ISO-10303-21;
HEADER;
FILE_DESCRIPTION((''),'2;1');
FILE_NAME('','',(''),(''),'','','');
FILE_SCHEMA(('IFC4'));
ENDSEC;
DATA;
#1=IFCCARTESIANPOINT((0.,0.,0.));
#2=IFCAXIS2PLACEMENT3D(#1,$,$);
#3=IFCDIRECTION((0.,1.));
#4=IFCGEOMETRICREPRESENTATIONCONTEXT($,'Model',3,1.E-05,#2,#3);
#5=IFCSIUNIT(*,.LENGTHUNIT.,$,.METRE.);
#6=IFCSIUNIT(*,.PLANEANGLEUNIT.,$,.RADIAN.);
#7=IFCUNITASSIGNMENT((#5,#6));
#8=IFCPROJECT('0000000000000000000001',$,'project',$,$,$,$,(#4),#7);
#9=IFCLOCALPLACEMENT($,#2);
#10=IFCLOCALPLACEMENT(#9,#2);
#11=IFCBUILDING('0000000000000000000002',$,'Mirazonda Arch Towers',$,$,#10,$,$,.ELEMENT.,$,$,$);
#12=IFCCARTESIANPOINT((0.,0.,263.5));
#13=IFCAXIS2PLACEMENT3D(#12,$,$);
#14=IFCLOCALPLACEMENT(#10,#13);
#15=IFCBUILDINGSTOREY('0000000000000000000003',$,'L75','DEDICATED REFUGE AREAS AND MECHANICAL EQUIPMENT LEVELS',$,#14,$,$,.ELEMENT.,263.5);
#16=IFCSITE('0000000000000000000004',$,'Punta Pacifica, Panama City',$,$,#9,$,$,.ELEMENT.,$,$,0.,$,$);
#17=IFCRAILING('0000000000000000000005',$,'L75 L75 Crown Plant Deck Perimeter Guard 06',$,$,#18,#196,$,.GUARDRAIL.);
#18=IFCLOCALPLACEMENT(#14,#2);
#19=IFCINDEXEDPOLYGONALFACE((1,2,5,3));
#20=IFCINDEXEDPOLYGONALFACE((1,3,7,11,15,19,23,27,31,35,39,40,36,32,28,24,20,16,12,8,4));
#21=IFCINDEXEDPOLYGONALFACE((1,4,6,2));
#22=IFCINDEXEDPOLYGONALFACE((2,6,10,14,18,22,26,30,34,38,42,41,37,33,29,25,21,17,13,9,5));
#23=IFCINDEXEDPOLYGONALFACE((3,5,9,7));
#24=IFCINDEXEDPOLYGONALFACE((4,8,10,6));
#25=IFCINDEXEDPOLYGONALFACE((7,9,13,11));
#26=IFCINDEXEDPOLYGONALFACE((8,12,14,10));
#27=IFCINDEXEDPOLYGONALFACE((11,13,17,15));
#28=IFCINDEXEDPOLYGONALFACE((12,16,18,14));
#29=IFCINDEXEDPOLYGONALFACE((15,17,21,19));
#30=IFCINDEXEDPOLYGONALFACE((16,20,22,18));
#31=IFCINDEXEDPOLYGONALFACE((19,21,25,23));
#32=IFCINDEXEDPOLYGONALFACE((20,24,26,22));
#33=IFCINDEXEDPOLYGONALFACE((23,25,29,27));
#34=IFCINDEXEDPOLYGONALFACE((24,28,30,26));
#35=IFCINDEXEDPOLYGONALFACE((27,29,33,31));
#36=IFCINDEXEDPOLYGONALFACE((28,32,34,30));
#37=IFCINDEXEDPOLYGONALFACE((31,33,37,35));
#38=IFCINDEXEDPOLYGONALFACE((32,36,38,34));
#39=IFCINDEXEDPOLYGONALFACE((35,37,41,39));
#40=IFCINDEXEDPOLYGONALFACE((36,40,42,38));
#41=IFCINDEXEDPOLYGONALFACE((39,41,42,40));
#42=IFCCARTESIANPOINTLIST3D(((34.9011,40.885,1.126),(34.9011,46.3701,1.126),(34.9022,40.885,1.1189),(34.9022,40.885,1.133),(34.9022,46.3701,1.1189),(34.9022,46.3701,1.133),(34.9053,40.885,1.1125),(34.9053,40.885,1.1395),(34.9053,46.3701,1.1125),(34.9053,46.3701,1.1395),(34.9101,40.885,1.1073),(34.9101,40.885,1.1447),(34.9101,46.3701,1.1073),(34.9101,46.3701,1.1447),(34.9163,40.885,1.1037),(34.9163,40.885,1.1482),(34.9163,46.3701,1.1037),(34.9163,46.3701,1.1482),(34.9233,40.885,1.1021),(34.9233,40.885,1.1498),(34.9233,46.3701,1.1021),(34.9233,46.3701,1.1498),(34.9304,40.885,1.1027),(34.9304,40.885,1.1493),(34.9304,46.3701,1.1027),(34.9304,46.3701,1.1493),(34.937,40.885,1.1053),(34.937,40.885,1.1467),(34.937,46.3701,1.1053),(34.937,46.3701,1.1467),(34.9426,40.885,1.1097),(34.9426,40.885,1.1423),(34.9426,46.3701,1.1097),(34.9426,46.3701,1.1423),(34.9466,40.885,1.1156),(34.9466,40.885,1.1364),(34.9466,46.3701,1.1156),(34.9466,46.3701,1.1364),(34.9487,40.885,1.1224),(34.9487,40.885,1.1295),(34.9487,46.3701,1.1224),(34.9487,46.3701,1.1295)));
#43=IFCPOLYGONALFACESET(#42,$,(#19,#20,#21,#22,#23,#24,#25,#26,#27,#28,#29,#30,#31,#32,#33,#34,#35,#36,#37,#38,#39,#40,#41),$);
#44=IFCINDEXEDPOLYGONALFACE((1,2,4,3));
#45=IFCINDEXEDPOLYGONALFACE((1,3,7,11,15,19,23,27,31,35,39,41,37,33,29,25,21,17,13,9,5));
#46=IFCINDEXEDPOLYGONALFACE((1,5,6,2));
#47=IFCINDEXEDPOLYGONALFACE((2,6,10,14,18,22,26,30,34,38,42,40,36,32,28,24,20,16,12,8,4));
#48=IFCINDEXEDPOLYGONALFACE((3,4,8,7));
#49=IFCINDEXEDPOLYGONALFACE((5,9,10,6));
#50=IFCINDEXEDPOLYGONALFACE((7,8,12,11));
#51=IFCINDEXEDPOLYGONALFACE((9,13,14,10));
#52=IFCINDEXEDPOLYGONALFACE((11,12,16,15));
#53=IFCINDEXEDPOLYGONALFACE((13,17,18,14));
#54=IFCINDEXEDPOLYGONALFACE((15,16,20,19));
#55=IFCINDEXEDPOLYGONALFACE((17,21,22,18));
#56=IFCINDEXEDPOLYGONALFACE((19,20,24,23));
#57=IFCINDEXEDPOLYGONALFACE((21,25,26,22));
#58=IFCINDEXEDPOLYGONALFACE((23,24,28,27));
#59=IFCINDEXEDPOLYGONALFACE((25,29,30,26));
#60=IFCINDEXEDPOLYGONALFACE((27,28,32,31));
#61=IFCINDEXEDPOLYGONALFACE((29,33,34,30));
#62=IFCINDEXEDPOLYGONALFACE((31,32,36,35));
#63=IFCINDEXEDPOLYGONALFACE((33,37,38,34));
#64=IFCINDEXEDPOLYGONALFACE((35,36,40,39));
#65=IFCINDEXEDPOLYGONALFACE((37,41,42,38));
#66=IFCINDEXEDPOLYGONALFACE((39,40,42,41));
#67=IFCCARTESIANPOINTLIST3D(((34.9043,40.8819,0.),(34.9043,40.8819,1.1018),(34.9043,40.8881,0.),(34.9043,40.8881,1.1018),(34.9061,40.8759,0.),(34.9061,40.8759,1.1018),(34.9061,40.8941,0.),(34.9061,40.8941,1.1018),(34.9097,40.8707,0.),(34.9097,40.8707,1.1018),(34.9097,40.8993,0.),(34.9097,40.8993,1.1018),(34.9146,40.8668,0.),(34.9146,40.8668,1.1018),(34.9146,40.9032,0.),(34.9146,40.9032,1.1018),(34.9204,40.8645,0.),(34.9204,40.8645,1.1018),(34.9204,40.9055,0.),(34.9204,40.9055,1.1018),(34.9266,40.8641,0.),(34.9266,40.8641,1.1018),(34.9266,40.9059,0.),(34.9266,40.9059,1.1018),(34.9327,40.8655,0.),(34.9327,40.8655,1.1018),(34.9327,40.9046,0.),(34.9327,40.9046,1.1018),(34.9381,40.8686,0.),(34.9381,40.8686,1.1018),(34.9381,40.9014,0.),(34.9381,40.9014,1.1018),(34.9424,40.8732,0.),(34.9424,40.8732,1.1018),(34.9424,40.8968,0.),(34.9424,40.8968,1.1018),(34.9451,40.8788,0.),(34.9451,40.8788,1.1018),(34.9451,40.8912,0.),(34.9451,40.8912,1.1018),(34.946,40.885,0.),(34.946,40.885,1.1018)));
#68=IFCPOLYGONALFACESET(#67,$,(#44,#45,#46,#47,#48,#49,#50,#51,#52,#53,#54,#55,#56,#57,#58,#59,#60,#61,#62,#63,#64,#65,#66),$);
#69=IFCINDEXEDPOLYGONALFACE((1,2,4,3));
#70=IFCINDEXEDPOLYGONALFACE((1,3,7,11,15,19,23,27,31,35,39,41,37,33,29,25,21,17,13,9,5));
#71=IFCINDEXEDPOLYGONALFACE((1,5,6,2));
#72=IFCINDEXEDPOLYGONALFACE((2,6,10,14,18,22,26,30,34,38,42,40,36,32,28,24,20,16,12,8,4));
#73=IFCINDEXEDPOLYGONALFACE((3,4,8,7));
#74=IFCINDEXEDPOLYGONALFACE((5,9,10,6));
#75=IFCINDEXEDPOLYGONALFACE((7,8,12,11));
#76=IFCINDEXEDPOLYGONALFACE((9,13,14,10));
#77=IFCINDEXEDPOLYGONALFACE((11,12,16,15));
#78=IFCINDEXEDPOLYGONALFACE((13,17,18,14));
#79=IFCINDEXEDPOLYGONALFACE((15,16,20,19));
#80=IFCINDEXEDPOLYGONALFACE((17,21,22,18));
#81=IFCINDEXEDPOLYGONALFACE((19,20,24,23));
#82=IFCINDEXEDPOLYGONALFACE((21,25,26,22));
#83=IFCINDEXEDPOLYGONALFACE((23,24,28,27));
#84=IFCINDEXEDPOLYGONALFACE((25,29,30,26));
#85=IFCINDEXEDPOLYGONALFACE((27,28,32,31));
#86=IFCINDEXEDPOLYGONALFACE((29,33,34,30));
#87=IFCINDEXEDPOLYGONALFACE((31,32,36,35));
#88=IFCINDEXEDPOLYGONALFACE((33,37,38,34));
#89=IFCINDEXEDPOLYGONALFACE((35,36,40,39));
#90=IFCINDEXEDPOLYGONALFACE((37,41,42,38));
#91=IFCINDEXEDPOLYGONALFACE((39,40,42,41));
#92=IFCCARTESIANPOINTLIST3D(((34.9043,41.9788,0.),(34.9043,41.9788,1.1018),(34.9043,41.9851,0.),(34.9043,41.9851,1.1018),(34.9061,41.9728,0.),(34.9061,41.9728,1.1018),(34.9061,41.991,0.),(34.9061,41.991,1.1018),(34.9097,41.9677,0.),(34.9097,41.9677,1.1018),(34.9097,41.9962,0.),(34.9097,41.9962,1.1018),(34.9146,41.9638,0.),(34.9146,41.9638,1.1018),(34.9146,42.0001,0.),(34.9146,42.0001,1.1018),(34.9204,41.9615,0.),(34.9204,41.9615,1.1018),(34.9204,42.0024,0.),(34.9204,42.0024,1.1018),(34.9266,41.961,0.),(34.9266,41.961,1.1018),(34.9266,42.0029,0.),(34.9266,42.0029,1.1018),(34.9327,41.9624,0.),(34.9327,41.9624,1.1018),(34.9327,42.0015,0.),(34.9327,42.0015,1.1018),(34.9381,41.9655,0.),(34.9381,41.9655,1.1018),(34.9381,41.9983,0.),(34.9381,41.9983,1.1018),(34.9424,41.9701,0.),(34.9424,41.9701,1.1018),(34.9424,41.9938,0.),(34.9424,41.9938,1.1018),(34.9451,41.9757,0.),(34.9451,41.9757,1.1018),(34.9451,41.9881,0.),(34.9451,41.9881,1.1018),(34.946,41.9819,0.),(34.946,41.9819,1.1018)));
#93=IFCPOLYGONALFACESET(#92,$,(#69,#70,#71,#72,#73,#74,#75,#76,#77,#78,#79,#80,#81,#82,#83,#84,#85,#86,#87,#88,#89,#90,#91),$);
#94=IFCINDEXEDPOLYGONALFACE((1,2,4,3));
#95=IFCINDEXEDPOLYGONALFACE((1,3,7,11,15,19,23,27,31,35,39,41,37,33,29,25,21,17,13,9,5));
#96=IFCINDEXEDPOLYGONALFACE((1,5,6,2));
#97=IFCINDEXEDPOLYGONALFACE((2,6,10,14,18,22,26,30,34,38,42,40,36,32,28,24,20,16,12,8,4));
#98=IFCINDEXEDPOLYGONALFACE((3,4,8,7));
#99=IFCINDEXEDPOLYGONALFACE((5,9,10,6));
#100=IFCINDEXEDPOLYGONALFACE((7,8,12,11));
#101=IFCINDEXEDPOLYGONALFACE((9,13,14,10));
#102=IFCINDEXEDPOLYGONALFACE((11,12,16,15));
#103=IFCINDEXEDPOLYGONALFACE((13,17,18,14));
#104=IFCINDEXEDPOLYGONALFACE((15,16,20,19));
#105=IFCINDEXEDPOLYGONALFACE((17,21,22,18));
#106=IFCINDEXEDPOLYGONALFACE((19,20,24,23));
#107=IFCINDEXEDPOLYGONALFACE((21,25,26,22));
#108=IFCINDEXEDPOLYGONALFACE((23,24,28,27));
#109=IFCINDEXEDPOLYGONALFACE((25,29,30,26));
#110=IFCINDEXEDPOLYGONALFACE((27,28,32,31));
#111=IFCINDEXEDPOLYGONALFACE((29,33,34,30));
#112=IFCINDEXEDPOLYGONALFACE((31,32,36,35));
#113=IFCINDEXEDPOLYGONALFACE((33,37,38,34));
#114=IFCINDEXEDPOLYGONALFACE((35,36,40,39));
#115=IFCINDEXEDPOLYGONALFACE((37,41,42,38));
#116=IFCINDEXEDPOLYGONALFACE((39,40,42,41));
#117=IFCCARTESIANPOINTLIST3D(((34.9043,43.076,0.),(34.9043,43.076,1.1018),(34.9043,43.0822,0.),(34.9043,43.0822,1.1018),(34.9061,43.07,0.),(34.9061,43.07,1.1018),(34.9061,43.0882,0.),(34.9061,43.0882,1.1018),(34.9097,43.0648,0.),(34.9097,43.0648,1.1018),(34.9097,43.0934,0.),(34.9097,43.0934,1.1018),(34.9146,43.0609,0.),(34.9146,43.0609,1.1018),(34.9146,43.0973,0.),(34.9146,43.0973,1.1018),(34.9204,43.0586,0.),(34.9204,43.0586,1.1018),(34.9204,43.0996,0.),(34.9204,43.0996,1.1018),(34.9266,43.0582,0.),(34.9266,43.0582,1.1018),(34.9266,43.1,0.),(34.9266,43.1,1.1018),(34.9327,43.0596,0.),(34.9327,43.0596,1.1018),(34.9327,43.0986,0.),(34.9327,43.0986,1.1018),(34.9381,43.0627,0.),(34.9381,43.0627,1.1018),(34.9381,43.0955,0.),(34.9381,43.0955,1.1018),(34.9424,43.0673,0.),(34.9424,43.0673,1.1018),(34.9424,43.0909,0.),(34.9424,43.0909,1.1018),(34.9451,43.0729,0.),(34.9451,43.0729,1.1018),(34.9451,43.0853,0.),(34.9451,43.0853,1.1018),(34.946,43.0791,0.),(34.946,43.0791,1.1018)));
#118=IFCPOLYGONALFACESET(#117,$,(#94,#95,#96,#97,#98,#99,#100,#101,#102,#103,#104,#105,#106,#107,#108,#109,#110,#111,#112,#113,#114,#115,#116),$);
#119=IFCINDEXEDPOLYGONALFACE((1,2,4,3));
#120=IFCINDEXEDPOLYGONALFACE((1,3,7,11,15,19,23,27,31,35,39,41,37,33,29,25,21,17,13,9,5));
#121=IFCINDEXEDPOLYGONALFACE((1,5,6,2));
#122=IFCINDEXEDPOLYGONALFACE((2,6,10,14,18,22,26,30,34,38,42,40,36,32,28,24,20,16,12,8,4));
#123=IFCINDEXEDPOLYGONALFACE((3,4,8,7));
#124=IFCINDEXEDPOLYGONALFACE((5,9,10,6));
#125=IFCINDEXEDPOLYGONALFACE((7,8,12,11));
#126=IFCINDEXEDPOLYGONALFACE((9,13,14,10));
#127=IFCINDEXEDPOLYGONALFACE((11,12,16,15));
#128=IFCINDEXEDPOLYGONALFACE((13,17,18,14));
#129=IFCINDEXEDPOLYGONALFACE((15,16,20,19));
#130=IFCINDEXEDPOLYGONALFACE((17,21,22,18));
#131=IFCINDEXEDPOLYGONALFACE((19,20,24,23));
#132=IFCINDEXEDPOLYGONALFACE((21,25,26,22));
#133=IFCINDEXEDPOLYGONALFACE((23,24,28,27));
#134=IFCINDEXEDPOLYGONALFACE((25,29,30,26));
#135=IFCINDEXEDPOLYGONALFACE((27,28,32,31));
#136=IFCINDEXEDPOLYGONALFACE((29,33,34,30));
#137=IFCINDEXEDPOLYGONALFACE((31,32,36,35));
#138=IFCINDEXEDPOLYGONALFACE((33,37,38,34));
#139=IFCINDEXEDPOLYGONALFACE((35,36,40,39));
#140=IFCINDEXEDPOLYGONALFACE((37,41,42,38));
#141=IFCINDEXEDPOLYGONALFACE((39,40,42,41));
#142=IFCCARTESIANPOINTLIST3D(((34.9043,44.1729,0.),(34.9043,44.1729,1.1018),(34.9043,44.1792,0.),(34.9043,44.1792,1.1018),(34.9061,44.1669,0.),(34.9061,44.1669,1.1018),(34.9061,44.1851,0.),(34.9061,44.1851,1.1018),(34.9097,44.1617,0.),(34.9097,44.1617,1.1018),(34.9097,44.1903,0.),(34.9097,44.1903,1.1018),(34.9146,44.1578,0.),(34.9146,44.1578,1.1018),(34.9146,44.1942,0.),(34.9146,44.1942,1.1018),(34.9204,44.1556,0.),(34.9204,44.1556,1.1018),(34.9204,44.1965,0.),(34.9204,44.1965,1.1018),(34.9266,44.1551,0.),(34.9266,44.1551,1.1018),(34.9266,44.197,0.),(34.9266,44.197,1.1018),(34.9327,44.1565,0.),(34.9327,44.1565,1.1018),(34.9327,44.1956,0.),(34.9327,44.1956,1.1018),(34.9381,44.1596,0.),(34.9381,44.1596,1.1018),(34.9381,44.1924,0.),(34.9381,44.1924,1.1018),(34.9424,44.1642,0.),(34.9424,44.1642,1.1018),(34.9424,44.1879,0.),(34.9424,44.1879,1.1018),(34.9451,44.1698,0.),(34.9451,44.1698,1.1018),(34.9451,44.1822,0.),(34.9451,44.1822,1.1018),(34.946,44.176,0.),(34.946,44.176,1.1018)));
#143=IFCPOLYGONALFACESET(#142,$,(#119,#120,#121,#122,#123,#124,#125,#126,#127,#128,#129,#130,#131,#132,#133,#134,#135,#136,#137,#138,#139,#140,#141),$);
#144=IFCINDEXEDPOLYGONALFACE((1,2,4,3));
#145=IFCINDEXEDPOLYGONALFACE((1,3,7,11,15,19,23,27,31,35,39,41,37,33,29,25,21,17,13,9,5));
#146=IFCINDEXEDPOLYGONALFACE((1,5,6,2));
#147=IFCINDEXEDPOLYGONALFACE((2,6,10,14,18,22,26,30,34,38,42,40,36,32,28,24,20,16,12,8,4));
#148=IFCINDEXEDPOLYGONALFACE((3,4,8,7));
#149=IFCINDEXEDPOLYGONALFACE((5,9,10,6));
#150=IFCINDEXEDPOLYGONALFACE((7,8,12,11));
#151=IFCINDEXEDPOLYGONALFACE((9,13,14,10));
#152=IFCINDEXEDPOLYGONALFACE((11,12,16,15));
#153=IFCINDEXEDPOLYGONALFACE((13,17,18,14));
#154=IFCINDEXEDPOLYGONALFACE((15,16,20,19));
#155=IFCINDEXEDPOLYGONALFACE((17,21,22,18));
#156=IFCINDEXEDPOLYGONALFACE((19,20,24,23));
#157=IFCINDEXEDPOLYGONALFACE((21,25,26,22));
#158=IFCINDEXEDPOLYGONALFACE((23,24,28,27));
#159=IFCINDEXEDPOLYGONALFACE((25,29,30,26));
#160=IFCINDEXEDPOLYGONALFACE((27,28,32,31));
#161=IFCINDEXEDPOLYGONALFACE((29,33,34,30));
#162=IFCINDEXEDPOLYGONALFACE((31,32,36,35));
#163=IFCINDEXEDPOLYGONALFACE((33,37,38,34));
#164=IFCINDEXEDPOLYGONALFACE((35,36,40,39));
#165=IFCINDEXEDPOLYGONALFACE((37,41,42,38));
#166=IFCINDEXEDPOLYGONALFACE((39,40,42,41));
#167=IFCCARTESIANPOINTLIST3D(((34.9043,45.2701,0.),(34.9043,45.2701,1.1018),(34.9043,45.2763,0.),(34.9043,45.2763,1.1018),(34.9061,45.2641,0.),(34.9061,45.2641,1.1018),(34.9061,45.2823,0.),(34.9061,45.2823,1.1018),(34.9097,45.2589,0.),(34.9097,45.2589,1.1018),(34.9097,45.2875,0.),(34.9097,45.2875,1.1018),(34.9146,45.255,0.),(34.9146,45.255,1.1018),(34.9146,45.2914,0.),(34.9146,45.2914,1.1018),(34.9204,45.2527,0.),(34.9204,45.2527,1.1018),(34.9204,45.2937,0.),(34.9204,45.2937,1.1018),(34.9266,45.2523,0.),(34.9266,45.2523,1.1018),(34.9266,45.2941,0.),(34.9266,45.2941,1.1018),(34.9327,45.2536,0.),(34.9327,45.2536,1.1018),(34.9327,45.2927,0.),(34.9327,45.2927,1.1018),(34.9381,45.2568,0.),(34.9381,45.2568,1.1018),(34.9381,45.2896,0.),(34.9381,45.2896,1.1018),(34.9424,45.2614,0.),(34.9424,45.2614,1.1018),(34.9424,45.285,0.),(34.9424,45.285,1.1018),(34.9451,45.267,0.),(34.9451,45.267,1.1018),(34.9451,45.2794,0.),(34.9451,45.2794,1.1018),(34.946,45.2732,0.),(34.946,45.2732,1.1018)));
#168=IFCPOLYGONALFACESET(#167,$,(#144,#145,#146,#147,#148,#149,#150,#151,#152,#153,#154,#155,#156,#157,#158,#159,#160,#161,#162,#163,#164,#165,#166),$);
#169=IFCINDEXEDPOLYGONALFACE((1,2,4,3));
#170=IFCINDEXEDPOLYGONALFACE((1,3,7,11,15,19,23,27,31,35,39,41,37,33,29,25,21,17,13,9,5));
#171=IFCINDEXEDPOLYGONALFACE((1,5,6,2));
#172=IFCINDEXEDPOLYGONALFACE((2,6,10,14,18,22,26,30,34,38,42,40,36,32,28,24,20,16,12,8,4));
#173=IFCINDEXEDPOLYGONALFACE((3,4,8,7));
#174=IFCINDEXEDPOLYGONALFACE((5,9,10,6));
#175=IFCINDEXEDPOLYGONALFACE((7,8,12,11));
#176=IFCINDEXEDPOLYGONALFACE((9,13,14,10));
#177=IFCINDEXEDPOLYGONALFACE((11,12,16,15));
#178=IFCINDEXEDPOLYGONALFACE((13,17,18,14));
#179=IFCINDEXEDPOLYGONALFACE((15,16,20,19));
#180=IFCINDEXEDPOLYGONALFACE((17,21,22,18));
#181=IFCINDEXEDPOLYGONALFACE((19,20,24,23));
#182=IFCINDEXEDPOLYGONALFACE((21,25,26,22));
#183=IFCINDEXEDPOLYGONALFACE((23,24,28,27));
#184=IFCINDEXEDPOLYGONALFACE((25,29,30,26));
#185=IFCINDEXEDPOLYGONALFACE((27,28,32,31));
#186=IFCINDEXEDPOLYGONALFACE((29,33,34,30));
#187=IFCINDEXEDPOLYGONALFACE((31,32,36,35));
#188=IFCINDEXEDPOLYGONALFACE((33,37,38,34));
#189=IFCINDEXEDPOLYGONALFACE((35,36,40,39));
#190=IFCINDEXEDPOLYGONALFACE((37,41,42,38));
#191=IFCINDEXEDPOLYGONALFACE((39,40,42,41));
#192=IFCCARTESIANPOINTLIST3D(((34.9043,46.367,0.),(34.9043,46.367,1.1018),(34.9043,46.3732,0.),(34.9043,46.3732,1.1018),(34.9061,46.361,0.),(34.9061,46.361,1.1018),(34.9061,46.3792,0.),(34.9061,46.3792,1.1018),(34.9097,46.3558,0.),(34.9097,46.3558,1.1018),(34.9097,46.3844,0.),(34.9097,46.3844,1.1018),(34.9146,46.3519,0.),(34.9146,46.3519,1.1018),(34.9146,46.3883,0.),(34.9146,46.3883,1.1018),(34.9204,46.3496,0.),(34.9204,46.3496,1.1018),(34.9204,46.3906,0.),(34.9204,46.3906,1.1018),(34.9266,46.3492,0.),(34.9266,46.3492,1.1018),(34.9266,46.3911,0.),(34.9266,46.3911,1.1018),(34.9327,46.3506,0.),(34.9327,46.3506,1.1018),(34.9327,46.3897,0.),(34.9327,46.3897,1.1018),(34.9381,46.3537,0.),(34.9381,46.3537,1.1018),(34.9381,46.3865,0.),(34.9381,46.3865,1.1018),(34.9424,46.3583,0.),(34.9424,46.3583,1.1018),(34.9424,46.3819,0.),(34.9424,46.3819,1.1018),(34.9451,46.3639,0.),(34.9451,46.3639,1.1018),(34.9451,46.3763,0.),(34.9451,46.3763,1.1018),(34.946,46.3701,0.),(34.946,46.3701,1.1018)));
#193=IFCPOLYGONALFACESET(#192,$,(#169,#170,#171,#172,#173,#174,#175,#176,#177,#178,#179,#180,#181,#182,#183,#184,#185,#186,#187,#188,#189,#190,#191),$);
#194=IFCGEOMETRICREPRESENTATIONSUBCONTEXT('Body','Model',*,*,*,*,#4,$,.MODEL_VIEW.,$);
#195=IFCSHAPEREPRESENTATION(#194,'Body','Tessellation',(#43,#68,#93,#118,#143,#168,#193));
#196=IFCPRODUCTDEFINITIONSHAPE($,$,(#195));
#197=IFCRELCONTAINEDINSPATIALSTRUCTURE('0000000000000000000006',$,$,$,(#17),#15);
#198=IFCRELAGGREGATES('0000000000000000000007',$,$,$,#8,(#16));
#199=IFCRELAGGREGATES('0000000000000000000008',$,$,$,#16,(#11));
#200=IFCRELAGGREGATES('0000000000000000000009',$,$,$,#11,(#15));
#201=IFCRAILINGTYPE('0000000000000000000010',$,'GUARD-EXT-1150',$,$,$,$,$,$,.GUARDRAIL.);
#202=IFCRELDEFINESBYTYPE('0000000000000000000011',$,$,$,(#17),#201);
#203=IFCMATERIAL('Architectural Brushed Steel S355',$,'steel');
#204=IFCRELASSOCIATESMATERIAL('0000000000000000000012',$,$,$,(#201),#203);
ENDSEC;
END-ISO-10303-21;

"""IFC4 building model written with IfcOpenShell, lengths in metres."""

from ifc_helpers import new_model, si_unit, direction, frame, origin, origin_2d, place, context, subcontext, project, spatial, circle, extrude, material, type_object, element, save


model = new_model("IFC4")

# Units and contexts
model_context = context("Model", 3, precision=1e-05, world=origin(), true_north=direction((0.0, 1.0)))
body_context = subcontext(model_context, "Body", "Model", "MODEL_VIEW")
ifc_project = project(units=[si_unit("LENGTHUNIT", "METRE"), si_unit("PLANEANGLEUNIT", "RADIAN")], contexts=[model_context])

# Site, building, storey
site_placement = place(None, origin())
site = spatial("IfcSite", under=ifc_project, at=site_placement, Name="Punta Pacifica, Panama City", CompositionType="ELEMENT", RefElevation=0.0)
building_placement = place(site_placement, origin())
building = spatial("IfcBuilding", under=site, at=building_placement, Name="Mirazonda Arch Towers", CompositionType="ELEMENT")
storey_placement = place(building_placement, frame((0.0, 0.0, 263.5)))
storey = spatial("IfcBuildingStorey", under=building, at=storey_placement, Name="L75", Description="DEDICATED REFUGE AREAS AND MECHANICAL EQUIPMENT LEVELS", CompositionType="ELEMENT", Elevation=263.5)

# Railing
ifc_material_1 = material(Name="Architectural Brushed Steel S355", Category="steel")
railing_type = type_object("IfcRailingType", Name="GUARD-EXT-1150", PredefinedType="GUARDRAIL", material=ifc_material_1)
railing_1_placement = place(storey_placement, frame((34.925, 40.885, 0.0)))
element("IfcRailing", 1, at=railing_1_placement, inside=storey, type_object=railing_type, Name="L75 L75 Crown Plant Deck Perimeter Guard 06", PredefinedType="GUARDRAIL", context=body_context, shape_type="SweptSolid", body=[
    extrude(circle(Radius=0.0239, at=origin_2d()), frame((0.0, 0.0, 1.126), z_axis=(0.0, 1.0, 0.0), x_axis=(-1.0, 0.0, 0.0)), (0.0, 0.0, 1.0), 5.4851),
    extrude(circle(Radius=0.021, at=origin_2d()), origin(), (0.0, 0.0, 1.0), 1.1018),
    extrude(circle(Radius=0.021, at=origin_2d()), frame((0.0, 1.0969, 0.0)), (0.0, 0.0, 1.0), 1.1018),
    extrude(circle(Radius=0.021, at=origin_2d()), frame((0.0, 2.1941, 0.0)), (0.0, 0.0, 1.0), 1.1018),
    extrude(circle(Radius=0.021, at=origin_2d()), frame((0.0, 3.291, 0.0)), (0.0, 0.0, 1.0), 1.1018),
    extrude(circle(Radius=0.021, at=origin_2d()), frame((0.0, 4.3882, 0.0)), (0.0, 0.0, 1.0), 1.1018),
    extrude(circle(Radius=0.021, at=origin_2d()), frame((0.0, 5.4851, 0.0)), (0.0, 0.0, 1.0), 1.1018),
])

save(model, "model.ifc")
